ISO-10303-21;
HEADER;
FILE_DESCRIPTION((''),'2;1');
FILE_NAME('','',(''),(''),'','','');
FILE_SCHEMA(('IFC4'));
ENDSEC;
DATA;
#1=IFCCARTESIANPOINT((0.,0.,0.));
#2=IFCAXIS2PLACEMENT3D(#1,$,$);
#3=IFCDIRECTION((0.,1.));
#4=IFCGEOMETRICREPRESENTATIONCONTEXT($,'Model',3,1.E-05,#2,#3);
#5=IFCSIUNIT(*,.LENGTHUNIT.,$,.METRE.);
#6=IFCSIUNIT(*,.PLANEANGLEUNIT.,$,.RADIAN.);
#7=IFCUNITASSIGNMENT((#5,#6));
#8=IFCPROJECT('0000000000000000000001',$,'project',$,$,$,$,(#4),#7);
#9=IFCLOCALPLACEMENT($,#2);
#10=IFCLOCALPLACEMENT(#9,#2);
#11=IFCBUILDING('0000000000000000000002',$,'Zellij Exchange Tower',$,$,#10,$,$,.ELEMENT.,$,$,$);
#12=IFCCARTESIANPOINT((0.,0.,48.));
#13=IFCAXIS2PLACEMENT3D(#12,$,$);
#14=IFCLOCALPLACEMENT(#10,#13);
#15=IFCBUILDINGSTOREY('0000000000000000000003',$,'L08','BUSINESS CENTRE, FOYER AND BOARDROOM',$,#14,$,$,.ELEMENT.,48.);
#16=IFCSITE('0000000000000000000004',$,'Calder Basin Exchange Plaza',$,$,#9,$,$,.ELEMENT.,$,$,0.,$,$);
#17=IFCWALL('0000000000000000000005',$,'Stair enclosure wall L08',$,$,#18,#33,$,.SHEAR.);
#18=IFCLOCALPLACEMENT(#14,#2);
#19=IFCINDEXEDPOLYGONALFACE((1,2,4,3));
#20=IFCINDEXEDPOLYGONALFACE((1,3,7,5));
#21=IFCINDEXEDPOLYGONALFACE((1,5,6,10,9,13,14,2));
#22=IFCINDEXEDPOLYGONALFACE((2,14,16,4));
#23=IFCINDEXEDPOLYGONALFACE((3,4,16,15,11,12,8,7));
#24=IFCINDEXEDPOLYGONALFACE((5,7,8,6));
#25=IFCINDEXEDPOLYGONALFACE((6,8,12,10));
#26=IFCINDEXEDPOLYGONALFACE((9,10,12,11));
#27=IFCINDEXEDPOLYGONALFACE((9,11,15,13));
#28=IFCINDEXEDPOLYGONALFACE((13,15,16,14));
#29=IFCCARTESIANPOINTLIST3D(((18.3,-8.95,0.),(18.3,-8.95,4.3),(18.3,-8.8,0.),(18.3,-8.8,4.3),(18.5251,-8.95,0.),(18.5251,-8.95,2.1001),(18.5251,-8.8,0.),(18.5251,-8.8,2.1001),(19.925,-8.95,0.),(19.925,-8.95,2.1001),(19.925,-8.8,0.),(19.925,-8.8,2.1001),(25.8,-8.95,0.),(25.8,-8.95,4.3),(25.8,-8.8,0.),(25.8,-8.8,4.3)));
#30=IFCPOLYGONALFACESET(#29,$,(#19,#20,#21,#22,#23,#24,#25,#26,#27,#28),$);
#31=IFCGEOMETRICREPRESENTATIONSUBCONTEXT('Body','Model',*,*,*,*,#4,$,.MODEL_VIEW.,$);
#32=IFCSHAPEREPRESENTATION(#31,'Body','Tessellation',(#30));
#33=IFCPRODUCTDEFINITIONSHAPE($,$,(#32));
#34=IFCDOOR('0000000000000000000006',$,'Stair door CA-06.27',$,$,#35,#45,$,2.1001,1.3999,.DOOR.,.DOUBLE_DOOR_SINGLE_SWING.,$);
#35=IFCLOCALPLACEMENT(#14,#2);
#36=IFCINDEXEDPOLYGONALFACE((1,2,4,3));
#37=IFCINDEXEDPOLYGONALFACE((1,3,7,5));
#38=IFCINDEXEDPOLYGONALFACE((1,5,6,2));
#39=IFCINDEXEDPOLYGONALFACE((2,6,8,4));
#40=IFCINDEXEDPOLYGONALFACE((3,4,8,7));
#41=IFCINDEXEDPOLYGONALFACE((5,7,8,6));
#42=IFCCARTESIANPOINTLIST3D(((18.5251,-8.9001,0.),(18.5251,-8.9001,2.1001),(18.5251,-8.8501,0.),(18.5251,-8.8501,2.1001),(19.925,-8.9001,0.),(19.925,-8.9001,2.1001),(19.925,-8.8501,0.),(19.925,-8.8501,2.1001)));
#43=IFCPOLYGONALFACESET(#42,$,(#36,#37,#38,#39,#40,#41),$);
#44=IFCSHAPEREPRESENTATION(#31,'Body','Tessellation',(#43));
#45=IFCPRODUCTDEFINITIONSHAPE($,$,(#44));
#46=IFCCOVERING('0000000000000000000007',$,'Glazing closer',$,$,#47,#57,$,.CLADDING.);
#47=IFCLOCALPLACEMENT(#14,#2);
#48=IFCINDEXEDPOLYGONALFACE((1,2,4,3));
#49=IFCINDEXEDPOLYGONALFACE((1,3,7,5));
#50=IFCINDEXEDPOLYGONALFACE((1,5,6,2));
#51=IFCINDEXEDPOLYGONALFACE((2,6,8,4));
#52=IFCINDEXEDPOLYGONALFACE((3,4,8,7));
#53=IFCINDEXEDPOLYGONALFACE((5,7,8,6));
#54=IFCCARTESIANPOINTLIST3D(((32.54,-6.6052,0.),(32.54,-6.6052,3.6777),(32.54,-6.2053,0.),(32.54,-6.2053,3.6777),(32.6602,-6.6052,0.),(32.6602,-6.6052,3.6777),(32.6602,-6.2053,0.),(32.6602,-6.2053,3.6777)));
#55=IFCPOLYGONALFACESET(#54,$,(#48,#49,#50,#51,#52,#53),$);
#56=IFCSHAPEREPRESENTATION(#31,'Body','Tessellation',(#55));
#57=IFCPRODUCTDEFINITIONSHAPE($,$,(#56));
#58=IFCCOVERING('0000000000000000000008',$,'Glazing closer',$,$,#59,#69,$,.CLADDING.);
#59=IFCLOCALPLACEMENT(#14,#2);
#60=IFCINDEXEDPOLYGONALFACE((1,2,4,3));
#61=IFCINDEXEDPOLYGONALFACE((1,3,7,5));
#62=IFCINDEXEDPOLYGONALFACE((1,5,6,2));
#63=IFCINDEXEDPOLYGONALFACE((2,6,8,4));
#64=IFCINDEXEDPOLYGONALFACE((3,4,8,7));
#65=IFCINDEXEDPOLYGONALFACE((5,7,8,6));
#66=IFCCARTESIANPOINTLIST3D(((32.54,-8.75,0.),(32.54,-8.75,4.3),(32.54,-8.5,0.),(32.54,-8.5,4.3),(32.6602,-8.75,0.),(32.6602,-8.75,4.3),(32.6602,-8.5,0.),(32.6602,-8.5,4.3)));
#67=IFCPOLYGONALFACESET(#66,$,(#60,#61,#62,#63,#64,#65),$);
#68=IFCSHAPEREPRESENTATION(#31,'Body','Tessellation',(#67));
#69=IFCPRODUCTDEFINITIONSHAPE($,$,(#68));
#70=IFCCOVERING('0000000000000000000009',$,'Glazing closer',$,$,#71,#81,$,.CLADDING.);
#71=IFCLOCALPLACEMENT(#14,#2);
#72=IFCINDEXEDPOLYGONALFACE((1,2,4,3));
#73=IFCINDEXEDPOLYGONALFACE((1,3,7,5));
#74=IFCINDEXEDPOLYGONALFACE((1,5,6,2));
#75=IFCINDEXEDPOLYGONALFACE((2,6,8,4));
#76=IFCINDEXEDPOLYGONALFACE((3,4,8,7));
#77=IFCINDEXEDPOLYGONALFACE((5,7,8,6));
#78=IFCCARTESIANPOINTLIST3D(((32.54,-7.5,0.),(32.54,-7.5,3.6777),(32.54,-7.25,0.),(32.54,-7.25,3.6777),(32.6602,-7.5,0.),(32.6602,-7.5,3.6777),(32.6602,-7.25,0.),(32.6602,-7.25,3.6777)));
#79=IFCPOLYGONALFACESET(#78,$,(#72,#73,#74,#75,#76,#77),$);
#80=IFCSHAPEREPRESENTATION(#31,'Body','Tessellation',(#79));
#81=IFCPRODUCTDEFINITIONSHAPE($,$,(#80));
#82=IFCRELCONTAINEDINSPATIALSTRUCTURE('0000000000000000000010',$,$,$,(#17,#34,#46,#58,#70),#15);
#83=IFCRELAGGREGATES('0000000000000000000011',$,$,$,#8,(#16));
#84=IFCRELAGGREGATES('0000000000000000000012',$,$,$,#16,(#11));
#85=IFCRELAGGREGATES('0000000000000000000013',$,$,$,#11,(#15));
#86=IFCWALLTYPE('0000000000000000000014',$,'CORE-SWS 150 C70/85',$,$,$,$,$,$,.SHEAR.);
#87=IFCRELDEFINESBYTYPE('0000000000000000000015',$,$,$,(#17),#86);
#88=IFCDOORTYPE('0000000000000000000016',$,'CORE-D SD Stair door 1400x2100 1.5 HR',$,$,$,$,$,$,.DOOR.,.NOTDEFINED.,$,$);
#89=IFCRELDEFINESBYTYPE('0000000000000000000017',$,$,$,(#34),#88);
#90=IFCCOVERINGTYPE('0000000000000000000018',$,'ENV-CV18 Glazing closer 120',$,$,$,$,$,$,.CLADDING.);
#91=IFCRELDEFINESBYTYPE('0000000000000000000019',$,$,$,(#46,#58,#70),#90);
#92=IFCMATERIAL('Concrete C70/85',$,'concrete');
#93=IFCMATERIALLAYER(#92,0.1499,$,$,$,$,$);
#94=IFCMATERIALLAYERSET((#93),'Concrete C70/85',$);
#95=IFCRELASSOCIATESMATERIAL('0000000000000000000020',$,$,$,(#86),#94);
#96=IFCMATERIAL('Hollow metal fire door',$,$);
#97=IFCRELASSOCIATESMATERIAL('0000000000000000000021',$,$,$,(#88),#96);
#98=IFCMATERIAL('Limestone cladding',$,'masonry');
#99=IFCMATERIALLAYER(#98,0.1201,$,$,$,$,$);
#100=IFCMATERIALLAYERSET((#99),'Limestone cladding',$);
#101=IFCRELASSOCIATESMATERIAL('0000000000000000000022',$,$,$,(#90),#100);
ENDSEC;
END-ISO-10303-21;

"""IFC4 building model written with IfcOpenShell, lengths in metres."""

from ifc_helpers import new_model, si_unit, direction, frame, frame_2d, origin, origin_2d, place, context, subcontext, project, spatial, rectangle, extrude, material, layer, layer_set, type_object, element, fill, save


model = new_model("IFC4")

# Units and contexts
model_context = context("Model", 3, precision=1e-05, world=origin(), true_north=direction((0.0, 1.0)))
body_context = subcontext(model_context, "Body", "Model", "MODEL_VIEW")
ifc_project = project(units=[si_unit("LENGTHUNIT", "METRE"), si_unit("PLANEANGLEUNIT", "RADIAN")], contexts=[model_context])

# Site, building, storey
site_placement = place(None, origin())
site = spatial("IfcSite", under=ifc_project, at=site_placement, Name="Calder Basin Exchange Plaza", CompositionType="ELEMENT", RefElevation=0.0)
building_placement = place(site_placement, origin())
building = spatial("IfcBuilding", under=site, at=building_placement, Name="Zellij Exchange Tower", CompositionType="ELEMENT")
storey_placement = place(building_placement, frame((0.0, 0.0, 48.0)))
storey = spatial("IfcBuildingStorey", under=building, at=storey_placement, Name="L08", Description="BUSINESS CENTRE, FOYER AND BOARDROOM", CompositionType="ELEMENT", Elevation=48.0)

# Shared definitions
ifc_material_1 = material(Name="Concrete C70/85", Category="concrete")

# Wall, opening, door
ifc_layer_1 = layer(ifc_material_1, 0.1499)
ifc_layer_set_1 = layer_set([ifc_layer_1], Name="Concrete C70/85")
wall_type_1 = type_object("IfcWallType", Name="CORE-SWS 150 C70/85", PredefinedType="SHEAR", material=ifc_layer_set_1)
wall_1_placement = place(storey_placement, frame((18.3, -8.875, 0.0), z_axis=(0.0, 0.0, 1.0), x_axis=(1.0, 0.0, 0.0)))
wall_1 = element("IfcWall", 1, at=wall_1_placement, inside=storey, type_object=wall_type_1, Name="Stair enclosure wall L08", PredefinedType="SHEAR", context=body_context, shape_type="SweptSolid", body=[
    extrude(rectangle(XDim=7.5, YDim=0.1499, at=frame_2d((3.75, 0.0))), origin(), (0.0, 0.0, 1.0), 4.3),
])
opening_placement = place(wall_1_placement, frame((0.2251, 0.0, 0.0)))
opening = element("IfcOpeningElement", 2, at=opening_placement, cuts=wall_1, PredefinedType="OPENING", context=body_context, shape_type="SweptSolid", body=[
    extrude(rectangle(XDim=1.3999, YDim=2.1001, at=frame_2d((0.7, 1.05))), frame((0.0, 0.0869, 0.0), z_axis=(0.0, -1.0, 0.0), x_axis=(1.0, 0.0, 0.0)), (0.0, 0.0, 1.0), 0.1738),
])
ifc_material_2 = material(Name="Hollow metal fire door")
door_type = type_object("IfcDoorType", Name="CORE-D SD Stair door 1400x2100 1.5 HR", OperationType="NOTDEFINED", PredefinedType="DOOR", material=ifc_material_2)
door_placement = place(opening_placement, origin())
door = element("IfcDoor", 3, at=door_placement, inside=storey, type_object=door_type, Name="Stair door CA-06.27", OperationType="DOUBLE_DOOR_SINGLE_SWING", OverallHeight=2.1001, OverallWidth=1.3999, PredefinedType="DOOR", context=body_context, shape_type="SweptSolid", body=[
    extrude(rectangle(XDim=1.3999, YDim=2.1001, at=frame_2d((0.7, 1.05))), frame((0.0, 0.0249, 0.0), z_axis=(0.0, -1.0, 0.0), x_axis=(1.0, 0.0, 0.0)), (0.0, 0.0, 1.0), 0.05),
])
fill(opening, door)

# Coverings
ifc_material_3 = material(Name="Limestone cladding", Category="masonry")
ifc_layer_2 = layer(ifc_material_3, 0.1201)
ifc_layer_set_2 = layer_set([ifc_layer_2], Name="Limestone cladding")
covering_type = type_object("IfcCoveringType", Name="ENV-CV18 Glazing closer 120", PredefinedType="CLADDING", material=ifc_layer_set_2)
covering_1_placement = place(storey_placement, frame((32.6001, -6.4053, 0.0), z_axis=(0.0, 0.0, 1.0), x_axis=(0.0, 1.0, 0.0)))
element("IfcCovering", 4, at=covering_1_placement, inside=storey, type_object=covering_type, Name="Glazing closer", PredefinedType="CLADDING", context=body_context, shape_type="SweptSolid", body=[
    extrude(rectangle(XDim=0.3999, YDim=0.1201, at=origin_2d()), origin(), (0.0, 0.0, 1.0), 3.6777),
])
covering_2_placement = place(storey_placement, frame((32.6001, -8.625, 0.0), z_axis=(0.0, 0.0, 1.0), x_axis=(0.0, 1.0, 0.0)))
element("IfcCovering", 5, at=covering_2_placement, inside=storey, type_object=covering_type, Name="Glazing closer", PredefinedType="CLADDING", context=body_context, shape_type="SweptSolid", body=[
    extrude(rectangle(XDim=0.25, YDim=0.1201, at=origin_2d()), origin(), (0.0, 0.0, 1.0), 4.3),
])
covering_3_placement = place(storey_placement, frame((32.6001, -7.375, 0.0), z_axis=(0.0, 0.0, 1.0), x_axis=(0.0, -1.0, 0.0)))
element("IfcCovering", 6, at=covering_3_placement, inside=storey, type_object=covering_type, Name="Glazing closer", PredefinedType="CLADDING", context=body_context, shape_type="SweptSolid", body=[
    extrude(rectangle(XDim=0.25, YDim=0.1201, at=origin_2d()), origin(), (0.0, 0.0, 1.0), 3.6777),
])

save(model, "model.ifc")
